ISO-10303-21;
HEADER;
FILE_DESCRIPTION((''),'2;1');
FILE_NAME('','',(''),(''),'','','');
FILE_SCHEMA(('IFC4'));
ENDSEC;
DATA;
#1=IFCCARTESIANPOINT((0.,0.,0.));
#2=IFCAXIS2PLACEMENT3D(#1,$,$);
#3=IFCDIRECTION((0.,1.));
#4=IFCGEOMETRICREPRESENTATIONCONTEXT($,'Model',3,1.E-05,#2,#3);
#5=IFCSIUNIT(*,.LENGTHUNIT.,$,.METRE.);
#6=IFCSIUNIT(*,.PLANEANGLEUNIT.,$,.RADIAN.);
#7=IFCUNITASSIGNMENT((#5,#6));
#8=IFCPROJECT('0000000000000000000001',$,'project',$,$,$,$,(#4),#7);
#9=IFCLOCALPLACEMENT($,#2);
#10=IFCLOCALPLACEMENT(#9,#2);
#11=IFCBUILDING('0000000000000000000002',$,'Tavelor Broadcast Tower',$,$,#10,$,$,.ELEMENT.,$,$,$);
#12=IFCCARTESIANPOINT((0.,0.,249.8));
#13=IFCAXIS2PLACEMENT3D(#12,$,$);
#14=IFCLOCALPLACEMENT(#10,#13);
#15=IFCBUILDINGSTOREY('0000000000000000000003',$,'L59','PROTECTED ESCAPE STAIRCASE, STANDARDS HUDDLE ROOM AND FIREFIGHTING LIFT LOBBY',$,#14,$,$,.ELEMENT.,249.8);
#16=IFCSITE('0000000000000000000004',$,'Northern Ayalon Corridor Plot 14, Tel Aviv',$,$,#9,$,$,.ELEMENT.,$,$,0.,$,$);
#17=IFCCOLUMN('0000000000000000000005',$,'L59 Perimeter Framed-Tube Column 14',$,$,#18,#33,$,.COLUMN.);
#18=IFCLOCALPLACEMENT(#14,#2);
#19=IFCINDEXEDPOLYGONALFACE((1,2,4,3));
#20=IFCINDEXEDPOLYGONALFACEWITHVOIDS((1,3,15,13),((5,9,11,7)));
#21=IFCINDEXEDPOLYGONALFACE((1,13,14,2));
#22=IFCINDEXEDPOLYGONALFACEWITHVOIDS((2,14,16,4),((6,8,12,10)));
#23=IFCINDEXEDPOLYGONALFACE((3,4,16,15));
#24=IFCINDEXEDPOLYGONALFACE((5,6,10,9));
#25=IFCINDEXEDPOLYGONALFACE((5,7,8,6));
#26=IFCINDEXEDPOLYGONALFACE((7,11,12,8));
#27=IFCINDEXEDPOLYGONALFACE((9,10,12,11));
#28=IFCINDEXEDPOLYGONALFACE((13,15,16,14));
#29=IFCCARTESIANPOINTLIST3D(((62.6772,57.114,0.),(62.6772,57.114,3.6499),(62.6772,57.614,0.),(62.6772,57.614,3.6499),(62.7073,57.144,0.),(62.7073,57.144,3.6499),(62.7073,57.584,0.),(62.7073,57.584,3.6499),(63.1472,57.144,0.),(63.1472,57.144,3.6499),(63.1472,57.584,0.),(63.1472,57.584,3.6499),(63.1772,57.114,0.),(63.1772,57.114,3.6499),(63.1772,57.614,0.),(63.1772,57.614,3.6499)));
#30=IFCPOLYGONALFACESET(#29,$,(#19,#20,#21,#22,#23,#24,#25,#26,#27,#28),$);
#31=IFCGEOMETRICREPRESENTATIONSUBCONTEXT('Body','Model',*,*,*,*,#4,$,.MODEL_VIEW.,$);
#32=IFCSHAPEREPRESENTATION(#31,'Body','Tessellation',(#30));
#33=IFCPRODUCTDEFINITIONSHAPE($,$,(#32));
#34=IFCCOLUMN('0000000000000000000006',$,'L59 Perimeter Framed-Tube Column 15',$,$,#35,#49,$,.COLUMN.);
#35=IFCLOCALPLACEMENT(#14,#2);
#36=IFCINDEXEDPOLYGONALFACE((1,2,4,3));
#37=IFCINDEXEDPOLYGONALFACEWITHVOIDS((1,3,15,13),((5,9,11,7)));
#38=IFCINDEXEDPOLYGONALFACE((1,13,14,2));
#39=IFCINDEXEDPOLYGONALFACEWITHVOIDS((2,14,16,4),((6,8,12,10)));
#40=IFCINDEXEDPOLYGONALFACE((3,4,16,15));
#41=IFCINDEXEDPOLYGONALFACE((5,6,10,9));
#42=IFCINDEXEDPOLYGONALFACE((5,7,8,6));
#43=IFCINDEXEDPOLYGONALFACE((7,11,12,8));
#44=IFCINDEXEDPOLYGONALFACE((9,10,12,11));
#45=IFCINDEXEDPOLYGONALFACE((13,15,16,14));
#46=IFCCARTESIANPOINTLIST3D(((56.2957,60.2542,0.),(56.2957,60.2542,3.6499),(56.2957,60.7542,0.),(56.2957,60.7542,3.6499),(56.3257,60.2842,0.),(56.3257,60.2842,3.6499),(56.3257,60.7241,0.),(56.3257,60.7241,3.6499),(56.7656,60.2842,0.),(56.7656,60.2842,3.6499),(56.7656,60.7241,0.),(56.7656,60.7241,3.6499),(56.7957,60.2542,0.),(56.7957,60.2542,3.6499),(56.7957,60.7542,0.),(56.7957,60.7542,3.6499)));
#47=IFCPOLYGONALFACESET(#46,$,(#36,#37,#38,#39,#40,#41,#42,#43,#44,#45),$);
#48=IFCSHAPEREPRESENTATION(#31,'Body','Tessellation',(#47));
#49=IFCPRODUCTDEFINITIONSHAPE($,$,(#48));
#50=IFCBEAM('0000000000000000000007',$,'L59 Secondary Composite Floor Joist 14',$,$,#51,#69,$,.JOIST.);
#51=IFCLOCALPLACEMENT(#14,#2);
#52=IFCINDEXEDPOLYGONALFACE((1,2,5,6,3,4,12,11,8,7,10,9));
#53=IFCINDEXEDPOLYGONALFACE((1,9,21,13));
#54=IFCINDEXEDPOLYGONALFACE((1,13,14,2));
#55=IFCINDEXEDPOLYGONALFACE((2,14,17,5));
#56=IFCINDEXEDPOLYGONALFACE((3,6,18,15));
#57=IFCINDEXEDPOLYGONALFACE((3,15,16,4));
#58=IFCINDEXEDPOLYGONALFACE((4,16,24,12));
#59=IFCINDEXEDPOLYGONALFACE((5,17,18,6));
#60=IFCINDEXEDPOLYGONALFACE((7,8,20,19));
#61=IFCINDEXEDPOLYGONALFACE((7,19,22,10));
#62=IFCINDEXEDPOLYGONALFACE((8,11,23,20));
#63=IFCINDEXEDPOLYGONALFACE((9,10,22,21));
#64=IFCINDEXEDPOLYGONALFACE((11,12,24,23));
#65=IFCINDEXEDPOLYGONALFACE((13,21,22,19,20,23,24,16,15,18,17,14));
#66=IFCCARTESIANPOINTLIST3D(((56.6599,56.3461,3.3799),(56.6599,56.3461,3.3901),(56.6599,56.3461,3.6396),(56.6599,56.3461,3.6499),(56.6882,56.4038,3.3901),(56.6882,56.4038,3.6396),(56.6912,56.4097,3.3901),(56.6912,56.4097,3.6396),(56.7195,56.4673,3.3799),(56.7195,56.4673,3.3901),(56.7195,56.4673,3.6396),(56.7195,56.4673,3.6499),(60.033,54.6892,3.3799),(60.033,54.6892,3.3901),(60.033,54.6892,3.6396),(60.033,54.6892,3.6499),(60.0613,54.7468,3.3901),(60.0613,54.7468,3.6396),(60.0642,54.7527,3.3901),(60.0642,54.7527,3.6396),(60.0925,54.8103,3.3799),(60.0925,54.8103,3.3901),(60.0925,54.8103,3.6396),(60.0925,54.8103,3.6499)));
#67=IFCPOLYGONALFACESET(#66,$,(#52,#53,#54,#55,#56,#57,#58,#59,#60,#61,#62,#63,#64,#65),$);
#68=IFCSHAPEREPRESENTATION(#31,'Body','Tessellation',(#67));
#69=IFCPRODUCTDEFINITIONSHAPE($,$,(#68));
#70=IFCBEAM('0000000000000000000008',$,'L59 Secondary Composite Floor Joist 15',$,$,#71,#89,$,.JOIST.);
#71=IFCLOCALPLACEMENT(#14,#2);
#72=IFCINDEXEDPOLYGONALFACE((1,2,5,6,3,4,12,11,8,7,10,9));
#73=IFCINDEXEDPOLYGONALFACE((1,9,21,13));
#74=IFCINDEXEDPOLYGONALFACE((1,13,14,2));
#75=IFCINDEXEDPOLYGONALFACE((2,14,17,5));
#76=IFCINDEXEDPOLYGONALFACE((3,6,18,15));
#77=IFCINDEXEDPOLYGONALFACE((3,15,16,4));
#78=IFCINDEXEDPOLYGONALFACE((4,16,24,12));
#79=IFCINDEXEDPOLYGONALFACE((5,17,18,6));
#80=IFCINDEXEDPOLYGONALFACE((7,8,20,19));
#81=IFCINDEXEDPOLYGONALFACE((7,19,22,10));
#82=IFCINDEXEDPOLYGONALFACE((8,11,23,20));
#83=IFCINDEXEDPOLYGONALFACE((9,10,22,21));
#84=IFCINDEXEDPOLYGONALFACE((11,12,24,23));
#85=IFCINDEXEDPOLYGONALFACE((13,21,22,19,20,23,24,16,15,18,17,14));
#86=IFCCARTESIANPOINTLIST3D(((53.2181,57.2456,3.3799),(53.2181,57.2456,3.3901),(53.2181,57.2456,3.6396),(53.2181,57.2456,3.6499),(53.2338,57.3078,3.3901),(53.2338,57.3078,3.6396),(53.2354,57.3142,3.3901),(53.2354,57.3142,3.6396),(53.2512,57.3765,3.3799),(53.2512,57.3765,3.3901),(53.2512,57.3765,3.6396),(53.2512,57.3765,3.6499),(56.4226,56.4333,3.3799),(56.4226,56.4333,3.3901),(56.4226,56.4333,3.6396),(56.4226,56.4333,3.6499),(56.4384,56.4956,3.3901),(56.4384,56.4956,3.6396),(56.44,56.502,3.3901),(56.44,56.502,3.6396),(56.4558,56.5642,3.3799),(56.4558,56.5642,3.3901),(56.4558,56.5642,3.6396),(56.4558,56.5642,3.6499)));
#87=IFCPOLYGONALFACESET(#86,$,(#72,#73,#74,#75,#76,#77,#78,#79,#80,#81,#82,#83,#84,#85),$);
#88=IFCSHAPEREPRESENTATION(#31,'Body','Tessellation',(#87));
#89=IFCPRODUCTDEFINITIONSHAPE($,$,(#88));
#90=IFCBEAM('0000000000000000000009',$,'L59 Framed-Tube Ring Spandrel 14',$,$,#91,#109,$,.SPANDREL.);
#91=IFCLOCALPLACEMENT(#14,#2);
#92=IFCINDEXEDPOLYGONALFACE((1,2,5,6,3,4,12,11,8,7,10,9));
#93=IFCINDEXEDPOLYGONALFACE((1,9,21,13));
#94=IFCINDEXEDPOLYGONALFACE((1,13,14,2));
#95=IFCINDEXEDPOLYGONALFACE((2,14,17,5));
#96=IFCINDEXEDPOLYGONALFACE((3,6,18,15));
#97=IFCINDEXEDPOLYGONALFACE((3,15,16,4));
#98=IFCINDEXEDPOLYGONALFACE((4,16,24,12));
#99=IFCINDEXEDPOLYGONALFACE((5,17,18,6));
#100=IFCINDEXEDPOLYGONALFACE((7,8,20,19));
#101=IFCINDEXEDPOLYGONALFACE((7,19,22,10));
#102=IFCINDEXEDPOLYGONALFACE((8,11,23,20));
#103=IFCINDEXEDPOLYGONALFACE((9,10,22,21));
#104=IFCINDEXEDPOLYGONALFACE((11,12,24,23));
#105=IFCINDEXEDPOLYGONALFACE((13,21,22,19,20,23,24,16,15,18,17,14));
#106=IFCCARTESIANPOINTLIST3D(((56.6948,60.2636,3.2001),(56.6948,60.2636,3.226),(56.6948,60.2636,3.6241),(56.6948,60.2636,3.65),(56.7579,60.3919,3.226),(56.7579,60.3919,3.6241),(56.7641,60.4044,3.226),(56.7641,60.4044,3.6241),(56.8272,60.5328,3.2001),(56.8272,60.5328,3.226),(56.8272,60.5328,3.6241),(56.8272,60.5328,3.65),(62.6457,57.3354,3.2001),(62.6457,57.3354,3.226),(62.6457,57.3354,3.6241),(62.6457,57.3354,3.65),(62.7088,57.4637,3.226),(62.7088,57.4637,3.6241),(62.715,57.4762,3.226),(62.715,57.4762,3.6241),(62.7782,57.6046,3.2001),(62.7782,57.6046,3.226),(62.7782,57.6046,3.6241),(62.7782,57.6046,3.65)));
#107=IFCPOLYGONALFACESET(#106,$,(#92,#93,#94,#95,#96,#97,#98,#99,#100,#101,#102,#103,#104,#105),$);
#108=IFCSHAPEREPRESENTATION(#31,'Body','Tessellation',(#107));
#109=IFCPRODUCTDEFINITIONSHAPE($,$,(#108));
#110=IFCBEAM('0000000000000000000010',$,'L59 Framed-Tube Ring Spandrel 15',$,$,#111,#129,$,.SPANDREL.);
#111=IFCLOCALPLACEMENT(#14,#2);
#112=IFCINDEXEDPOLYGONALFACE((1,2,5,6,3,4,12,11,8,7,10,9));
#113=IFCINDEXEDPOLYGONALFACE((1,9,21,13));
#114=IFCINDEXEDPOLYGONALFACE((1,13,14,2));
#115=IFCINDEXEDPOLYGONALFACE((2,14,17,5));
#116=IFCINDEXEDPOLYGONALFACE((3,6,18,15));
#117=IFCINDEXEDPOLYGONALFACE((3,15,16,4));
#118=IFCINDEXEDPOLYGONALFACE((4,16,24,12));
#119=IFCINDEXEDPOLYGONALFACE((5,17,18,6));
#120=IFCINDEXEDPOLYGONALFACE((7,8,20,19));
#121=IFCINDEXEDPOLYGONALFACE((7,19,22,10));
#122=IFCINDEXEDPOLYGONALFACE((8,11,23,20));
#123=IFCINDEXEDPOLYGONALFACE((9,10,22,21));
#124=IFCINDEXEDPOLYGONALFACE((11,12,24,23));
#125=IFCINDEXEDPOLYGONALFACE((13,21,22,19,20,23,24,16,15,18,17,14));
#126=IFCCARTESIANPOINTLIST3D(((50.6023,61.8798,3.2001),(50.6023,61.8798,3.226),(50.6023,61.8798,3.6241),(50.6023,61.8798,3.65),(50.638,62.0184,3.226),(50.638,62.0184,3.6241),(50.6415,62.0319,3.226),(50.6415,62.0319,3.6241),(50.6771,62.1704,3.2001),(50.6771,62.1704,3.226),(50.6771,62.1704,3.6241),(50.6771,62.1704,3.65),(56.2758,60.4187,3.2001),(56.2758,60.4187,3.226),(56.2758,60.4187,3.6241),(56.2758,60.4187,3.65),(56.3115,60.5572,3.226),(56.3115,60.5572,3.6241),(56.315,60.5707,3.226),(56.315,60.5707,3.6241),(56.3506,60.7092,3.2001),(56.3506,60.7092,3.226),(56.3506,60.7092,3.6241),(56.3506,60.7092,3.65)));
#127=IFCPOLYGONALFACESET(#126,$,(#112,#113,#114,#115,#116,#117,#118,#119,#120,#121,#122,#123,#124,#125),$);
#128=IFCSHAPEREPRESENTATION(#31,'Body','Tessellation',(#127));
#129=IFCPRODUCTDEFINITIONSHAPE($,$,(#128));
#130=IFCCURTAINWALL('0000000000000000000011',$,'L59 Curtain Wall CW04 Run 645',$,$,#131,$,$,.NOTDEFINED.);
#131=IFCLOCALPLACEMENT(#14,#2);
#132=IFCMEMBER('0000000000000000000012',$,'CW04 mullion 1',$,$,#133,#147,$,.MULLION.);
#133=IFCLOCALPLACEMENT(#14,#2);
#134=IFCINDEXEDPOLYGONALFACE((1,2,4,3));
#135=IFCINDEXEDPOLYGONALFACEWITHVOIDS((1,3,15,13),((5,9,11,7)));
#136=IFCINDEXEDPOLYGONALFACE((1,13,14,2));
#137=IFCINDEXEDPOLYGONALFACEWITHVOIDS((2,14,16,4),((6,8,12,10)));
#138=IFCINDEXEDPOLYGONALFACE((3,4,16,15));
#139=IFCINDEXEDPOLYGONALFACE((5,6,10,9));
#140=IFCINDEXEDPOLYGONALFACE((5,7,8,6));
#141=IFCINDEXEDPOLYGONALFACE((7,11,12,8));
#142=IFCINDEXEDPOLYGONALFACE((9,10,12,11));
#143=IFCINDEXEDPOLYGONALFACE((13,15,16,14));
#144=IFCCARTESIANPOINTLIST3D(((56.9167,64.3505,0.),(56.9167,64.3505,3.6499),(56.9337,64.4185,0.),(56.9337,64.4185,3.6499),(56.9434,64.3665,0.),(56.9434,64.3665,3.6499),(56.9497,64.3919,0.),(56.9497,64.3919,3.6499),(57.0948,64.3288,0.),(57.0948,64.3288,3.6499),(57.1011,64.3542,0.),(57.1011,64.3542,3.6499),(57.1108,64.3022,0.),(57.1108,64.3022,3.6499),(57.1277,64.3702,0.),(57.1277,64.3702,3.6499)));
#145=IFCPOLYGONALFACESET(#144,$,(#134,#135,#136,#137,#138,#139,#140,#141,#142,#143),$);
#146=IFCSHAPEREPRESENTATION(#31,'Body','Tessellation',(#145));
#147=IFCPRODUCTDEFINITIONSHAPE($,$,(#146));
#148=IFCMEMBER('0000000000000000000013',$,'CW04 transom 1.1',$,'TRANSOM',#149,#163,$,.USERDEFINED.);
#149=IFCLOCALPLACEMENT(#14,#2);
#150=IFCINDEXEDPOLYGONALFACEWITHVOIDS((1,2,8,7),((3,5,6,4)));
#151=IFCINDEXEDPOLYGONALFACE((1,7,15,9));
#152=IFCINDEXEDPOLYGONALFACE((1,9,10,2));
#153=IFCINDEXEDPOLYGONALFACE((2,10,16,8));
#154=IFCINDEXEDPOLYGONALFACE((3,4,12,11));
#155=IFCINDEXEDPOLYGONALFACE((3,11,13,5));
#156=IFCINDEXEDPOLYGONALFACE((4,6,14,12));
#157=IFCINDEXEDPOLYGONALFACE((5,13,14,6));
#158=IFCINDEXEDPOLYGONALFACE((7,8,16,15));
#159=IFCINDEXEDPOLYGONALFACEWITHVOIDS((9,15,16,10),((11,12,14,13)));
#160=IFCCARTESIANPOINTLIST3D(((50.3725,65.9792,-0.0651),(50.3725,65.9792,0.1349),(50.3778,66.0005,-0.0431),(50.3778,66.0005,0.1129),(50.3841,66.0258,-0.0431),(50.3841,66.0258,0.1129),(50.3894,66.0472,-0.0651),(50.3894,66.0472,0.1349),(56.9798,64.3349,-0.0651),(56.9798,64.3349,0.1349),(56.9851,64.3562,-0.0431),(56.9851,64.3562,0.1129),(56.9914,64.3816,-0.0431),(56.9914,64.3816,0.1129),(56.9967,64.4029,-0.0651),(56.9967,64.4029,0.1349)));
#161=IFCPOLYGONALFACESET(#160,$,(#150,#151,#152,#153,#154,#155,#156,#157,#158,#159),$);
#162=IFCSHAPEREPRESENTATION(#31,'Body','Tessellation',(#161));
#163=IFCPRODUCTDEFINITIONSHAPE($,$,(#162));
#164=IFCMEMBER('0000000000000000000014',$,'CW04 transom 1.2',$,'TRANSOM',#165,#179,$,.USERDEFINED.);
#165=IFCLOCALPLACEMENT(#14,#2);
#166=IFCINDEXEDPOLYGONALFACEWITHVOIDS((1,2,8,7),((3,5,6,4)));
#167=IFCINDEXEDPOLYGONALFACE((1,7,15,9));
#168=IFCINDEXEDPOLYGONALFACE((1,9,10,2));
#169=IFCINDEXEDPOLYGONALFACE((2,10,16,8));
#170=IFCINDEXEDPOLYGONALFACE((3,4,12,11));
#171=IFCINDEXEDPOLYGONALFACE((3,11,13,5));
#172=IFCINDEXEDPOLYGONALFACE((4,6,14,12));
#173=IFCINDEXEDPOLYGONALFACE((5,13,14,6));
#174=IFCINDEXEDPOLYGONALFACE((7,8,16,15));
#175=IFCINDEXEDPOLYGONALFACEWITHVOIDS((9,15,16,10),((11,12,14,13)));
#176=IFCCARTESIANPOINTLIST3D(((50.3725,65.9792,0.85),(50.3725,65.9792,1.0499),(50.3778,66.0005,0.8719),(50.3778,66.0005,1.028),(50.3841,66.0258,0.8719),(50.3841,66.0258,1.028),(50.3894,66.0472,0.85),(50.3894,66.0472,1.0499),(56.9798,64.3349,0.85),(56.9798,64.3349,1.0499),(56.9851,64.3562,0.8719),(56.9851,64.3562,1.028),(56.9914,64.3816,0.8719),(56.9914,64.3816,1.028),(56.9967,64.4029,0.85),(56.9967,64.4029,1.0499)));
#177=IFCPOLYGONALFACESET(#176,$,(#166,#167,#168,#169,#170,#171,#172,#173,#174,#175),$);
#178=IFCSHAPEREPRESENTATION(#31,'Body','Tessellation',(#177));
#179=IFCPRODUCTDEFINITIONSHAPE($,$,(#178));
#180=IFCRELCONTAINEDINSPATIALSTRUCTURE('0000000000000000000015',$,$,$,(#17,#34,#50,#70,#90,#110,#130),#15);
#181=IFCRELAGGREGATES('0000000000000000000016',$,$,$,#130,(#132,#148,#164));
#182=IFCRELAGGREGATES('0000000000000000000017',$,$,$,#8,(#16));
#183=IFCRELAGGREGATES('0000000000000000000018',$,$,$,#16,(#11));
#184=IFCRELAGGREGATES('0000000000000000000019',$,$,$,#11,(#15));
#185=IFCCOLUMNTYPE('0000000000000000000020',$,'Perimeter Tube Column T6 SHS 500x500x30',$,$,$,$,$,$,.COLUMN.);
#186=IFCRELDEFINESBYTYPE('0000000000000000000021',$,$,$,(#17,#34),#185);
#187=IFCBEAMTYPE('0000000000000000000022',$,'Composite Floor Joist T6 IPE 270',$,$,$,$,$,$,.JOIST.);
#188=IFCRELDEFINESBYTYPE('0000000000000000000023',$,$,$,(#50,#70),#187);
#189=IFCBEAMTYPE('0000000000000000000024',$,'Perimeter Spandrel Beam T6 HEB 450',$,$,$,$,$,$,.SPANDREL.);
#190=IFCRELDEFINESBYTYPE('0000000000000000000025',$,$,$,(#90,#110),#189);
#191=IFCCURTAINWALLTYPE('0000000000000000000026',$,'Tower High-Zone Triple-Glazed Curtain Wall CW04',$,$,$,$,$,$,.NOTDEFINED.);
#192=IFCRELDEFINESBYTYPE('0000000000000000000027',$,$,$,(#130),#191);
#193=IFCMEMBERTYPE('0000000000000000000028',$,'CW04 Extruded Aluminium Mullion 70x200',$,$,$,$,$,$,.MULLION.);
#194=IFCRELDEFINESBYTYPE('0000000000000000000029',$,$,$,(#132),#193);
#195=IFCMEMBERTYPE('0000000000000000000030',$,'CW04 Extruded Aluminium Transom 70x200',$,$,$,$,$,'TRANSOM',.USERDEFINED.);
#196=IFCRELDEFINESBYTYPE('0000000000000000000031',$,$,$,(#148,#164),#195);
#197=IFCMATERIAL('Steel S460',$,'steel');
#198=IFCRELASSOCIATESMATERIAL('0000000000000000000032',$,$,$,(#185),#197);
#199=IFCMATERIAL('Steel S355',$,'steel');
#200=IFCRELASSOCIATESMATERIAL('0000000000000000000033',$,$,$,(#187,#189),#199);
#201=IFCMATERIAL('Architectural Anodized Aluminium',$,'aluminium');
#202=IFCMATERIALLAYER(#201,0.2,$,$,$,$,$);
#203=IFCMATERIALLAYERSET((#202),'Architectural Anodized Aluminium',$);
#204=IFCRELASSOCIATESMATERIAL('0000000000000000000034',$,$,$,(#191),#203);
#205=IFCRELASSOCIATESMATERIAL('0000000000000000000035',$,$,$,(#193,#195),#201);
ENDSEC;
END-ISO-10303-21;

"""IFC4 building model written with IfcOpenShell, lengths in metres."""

from ifc_helpers import new_model, si_unit, direction, frame, origin, origin_2d, place, context, subcontext, project, spatial, hollow_rectangle, i_section, extrude, source, transform, mapped, material, layer, layer_set, material_profile, profile_set, type_object, type_shapes, element, aggregate, save


model = new_model("IFC4")

# Units and contexts
model_context = context("Model", 3, precision=1e-05, world=origin(), true_north=direction((0.0, 1.0)))
body_context = subcontext(model_context, "Body", "Model", "MODEL_VIEW")
ifc_project = project(units=[si_unit("LENGTHUNIT", "METRE"), si_unit("PLANEANGLEUNIT", "RADIAN")], contexts=[model_context])

# Site, building, storey
site_placement = place(None, origin())
site = spatial("IfcSite", under=ifc_project, at=site_placement, Name="Northern Ayalon Corridor Plot 14, Tel Aviv", CompositionType="ELEMENT", RefElevation=0.0)
building_placement = place(site_placement, origin())
building = spatial("IfcBuilding", under=site, at=building_placement, Name="Tavelor Broadcast Tower", CompositionType="ELEMENT")
storey_placement = place(building_placement, frame((0.0, 0.0, 249.8)))
storey = spatial("IfcBuildingStorey", under=building, at=storey_placement, Name="L59", Description="PROTECTED ESCAPE STAIRCASE, STANDARDS HUDDLE ROOM AND FIREFIGHTING LIFT LOBBY", CompositionType="ELEMENT", Elevation=249.8)

# Columns
ifc_material_1 = material(Name="Steel S460", Category="steel")
ifc_material_profile_1 = material_profile(ifc_material_1, hollow_rectangle(XDim=0.5, YDim=0.5, WallThickness=0.03, at=origin_2d()), Name="SHS 500x500x30")
ifc_profile_set_1 = profile_set([ifc_material_profile_1], Name="Steel S460")
column_type = type_object("IfcColumnType", Name="Perimeter Tube Column T6 SHS 500x500x30", PredefinedType="COLUMN", material=ifc_profile_set_1)
for number, where, z_axis, x_axis, name in (
    (1, (62.9272, 57.364, 0.0), (0.0, 0.0, 1.0), (1.0, 0.0, 0.0), "L59 Perimeter Framed-Tube Column 14"),
    (2, (56.5457, 60.5042, 0.0), (0.0, 0.0, 1.0), (1.0, 0.0, 0.0), "L59 Perimeter Framed-Tube Column 15"),
):
    element("IfcColumn", number, at=place(storey_placement, frame(where, z_axis=z_axis, x_axis=x_axis)), inside=storey, type_object=column_type, Name=name, PredefinedType="COLUMN", context=body_context, shape_type="SweptSolid", body=[
        extrude(hollow_rectangle(XDim=0.5, YDim=0.5, WallThickness=0.03, at=origin_2d()), origin(), (0.0, 0.0, 1.0), 3.6499),
    ])

# Beams
ifc_material_2 = material(Name="Steel S355", Category="steel")
ifc_material_profile_2 = material_profile(ifc_material_2, i_section(OverallWidth=0.135, OverallDepth=0.27, WebThickness=0.0066, FlangeThickness=0.0103, at=origin_2d()), Name="IPE 270")
ifc_profile_set_2 = profile_set([ifc_material_profile_2], Name="Steel S355")
beam_type_1 = type_object("IfcBeamType", Name="Composite Floor Joist T6 IPE 270", PredefinedType="JOIST", material=ifc_profile_set_2)
beam_1_placement = place(storey_placement, frame((60.0627, 54.7498, 3.5149), z_axis=(-0.897549, 0.440914, 0.0), x_axis=(-0.440914, -0.897549, 0.0)))
element("IfcBeam", 3, at=beam_1_placement, inside=storey, type_object=beam_type_1, Name="L59 Secondary Composite Floor Joist 14", PredefinedType="JOIST", context=body_context, shape_type="SweptSolid", body=[
    extrude(i_section(OverallWidth=0.135, OverallDepth=0.27, WebThickness=0.0066, FlangeThickness=0.0103, at=origin_2d()), origin(), (0.0, 0.0, 1.0), 3.7581),
])
beam_2_placement = place(storey_placement, frame((56.4392, 56.4988, 3.5149), z_axis=(-0.969347, 0.245697, 0.0), x_axis=(-0.245697, -0.969347, 0.0)))
element("IfcBeam", 4, at=beam_2_placement, inside=storey, type_object=beam_type_1, Name="L59 Secondary Composite Floor Joist 15", PredefinedType="JOIST", context=body_context, shape_type="SweptSolid", body=[
    extrude(i_section(OverallWidth=0.135, OverallDepth=0.27, WebThickness=0.0066, FlangeThickness=0.0103, at=origin_2d()), origin(), (0.0, 0.0, 1.0), 3.3059),
])
ifc_material_profile_3 = material_profile(ifc_material_2, i_section(OverallWidth=0.3, OverallDepth=0.45, WebThickness=0.0139, FlangeThickness=0.0259, at=origin_2d()), Name="HEB 450")
ifc_profile_set_3 = profile_set([ifc_material_profile_3], Name="Steel S355")
beam_type_2 = type_object("IfcBeamType", Name="Perimeter Spandrel Beam T6 HEB 450", PredefinedType="SPANDREL", material=ifc_profile_set_3)
beam_3_placement = place(storey_placement, frame((62.7119, 57.47, 3.425), z_axis=(-0.897258, 0.441506, 0.0), x_axis=(-0.441506, -0.897258, 0.0)))
element("IfcBeam", 5, at=beam_3_placement, inside=storey, type_object=beam_type_2, Name="L59 Framed-Tube Ring Spandrel 14", PredefinedType="SPANDREL", context=body_context, shape_type="SweptSolid", body=[
    extrude(i_section(OverallWidth=0.3, OverallDepth=0.45, WebThickness=0.0139, FlangeThickness=0.0259, at=origin_2d()), origin(), (0.0, 0.0, 1.0), 6.6323),
])
beam_4_placement = place(storey_placement, frame((56.3132, 60.564, 3.425), z_axis=(-0.9684, 0.249403, 0.0), x_axis=(-0.249403, -0.9684, 0.0)))
element("IfcBeam", 6, at=beam_4_placement, inside=storey, type_object=beam_type_2, Name="L59 Framed-Tube Ring Spandrel 15", PredefinedType="SPANDREL", context=body_context, shape_type="SweptSolid", body=[
    extrude(i_section(OverallWidth=0.3, OverallDepth=0.45, WebThickness=0.0139, FlangeThickness=0.0259, at=origin_2d()), origin(), (0.0, 0.0, 1.0), 5.8586),
])

# Curtain wall, members
ifc_material_3 = material(Name="Architectural Anodized Aluminium", Category="aluminium")
ifc_layer_1 = layer(ifc_material_3, 0.2)
ifc_layer_set_1 = layer_set([ifc_layer_1], Name="Architectural Anodized Aluminium")
curtain_wall_type = type_object("IfcCurtainWallType", Name="Tower High-Zone Triple-Glazed Curtain Wall CW04", PredefinedType="NOTDEFINED", material=ifc_layer_set_1)
curtain_wall_placement = place(storey_placement, origin())
curtain_wall = element("IfcCurtainWall", 7, at=curtain_wall_placement, inside=storey, type_object=curtain_wall_type, Name="L59 Curtain Wall CW04 Run 645", PredefinedType="NOTDEFINED")
ifc_material_profile_4 = material_profile(ifc_material_3, hollow_rectangle(XDim=0.0701, YDim=0.2, WallThickness=0.022, at=origin_2d()), Name="RHS 70x200x22")
ifc_profile_set_4 = profile_set([ifc_material_profile_4], Name="Architectural Anodized Aluminium")
member_type_1 = type_object("IfcMemberType", Name="CW04 Extruded Aluminium Mullion 70x200", PredefinedType="MULLION", material=ifc_profile_set_4)
shared_shape_1 = source(origin(), body_context, "Body", "SweptSolid", [
    extrude(hollow_rectangle(XDim=0.0701, YDim=0.2, WallThickness=0.022, at=origin_2d()), origin(), (0.0, 0.0, 1.0), 3.6499),
])
type_shapes(member_type_1, [shared_shape_1])
member_1_placement = place(storey_placement, frame((57.0222, 64.3604, 0.0), z_axis=(0.0, 0.0, 1.0), x_axis=(-0.241506, -0.970399, 0.0)))
member_1 = element("IfcMember", 8, at=member_1_placement, type_object=member_type_1, Name="CW04 mullion 1", PredefinedType="MULLION", context=body_context, shape_type="MappedRepresentation", body=[
    mapped(shared_shape_1, transform((0.0, 0.0, 0.0), scale=1.0)),
])
ifc_material_profile_5 = material_profile(ifc_material_3, hollow_rectangle(XDim=0.0701, YDim=0.2, WallThickness=0.022, at=origin_2d()), Name="RHS 70x200x22")
ifc_profile_set_5 = profile_set([ifc_material_profile_5], Name="Architectural Anodized Aluminium")
member_type_2 = type_object("IfcMemberType", Name="CW04 Extruded Aluminium Transom 70x200", ElementType="TRANSOM", PredefinedType="USERDEFINED", material=ifc_profile_set_5)
shared_shape_2 = source(origin(), body_context, "Body", "SweptSolid", [
    extrude(hollow_rectangle(XDim=0.0701, YDim=0.2, WallThickness=0.022, at=origin_2d()), origin(), (0.0, 0.0, 1.0), 6.8088),
])
type_shapes(member_type_2, [shared_shape_2])
member_2_placement = place(storey_placement, frame((56.9883, 64.3689, 0.0349), z_axis=(-0.970403, 0.241489, 0.0), x_axis=(-0.241489, -0.970403, 0.0)))
member_2 = element("IfcMember", 9, at=member_2_placement, type_object=member_type_2, Name="CW04 transom 1.1", ObjectType="TRANSOM", PredefinedType="USERDEFINED", context=body_context, shape_type="MappedRepresentation", body=[
    mapped(shared_shape_2, transform((0.0, 0.0, 0.0), scale=1.0)),
])
member_3_placement = place(storey_placement, frame((56.9883, 64.3689, 0.95), z_axis=(-0.970403, 0.241489, 0.0), x_axis=(-0.241489, -0.970403, 0.0)))
member_3 = element("IfcMember", 10, at=member_3_placement, type_object=member_type_2, Name="CW04 transom 1.2", ObjectType="TRANSOM", PredefinedType="USERDEFINED", context=body_context, shape_type="MappedRepresentation", body=[
    mapped(shared_shape_2, transform((0.0, 0.0, 0.0), scale=1.0)),
])
aggregate(curtain_wall, [member_1, member_2, member_3])

save(model, "model.ifc")
